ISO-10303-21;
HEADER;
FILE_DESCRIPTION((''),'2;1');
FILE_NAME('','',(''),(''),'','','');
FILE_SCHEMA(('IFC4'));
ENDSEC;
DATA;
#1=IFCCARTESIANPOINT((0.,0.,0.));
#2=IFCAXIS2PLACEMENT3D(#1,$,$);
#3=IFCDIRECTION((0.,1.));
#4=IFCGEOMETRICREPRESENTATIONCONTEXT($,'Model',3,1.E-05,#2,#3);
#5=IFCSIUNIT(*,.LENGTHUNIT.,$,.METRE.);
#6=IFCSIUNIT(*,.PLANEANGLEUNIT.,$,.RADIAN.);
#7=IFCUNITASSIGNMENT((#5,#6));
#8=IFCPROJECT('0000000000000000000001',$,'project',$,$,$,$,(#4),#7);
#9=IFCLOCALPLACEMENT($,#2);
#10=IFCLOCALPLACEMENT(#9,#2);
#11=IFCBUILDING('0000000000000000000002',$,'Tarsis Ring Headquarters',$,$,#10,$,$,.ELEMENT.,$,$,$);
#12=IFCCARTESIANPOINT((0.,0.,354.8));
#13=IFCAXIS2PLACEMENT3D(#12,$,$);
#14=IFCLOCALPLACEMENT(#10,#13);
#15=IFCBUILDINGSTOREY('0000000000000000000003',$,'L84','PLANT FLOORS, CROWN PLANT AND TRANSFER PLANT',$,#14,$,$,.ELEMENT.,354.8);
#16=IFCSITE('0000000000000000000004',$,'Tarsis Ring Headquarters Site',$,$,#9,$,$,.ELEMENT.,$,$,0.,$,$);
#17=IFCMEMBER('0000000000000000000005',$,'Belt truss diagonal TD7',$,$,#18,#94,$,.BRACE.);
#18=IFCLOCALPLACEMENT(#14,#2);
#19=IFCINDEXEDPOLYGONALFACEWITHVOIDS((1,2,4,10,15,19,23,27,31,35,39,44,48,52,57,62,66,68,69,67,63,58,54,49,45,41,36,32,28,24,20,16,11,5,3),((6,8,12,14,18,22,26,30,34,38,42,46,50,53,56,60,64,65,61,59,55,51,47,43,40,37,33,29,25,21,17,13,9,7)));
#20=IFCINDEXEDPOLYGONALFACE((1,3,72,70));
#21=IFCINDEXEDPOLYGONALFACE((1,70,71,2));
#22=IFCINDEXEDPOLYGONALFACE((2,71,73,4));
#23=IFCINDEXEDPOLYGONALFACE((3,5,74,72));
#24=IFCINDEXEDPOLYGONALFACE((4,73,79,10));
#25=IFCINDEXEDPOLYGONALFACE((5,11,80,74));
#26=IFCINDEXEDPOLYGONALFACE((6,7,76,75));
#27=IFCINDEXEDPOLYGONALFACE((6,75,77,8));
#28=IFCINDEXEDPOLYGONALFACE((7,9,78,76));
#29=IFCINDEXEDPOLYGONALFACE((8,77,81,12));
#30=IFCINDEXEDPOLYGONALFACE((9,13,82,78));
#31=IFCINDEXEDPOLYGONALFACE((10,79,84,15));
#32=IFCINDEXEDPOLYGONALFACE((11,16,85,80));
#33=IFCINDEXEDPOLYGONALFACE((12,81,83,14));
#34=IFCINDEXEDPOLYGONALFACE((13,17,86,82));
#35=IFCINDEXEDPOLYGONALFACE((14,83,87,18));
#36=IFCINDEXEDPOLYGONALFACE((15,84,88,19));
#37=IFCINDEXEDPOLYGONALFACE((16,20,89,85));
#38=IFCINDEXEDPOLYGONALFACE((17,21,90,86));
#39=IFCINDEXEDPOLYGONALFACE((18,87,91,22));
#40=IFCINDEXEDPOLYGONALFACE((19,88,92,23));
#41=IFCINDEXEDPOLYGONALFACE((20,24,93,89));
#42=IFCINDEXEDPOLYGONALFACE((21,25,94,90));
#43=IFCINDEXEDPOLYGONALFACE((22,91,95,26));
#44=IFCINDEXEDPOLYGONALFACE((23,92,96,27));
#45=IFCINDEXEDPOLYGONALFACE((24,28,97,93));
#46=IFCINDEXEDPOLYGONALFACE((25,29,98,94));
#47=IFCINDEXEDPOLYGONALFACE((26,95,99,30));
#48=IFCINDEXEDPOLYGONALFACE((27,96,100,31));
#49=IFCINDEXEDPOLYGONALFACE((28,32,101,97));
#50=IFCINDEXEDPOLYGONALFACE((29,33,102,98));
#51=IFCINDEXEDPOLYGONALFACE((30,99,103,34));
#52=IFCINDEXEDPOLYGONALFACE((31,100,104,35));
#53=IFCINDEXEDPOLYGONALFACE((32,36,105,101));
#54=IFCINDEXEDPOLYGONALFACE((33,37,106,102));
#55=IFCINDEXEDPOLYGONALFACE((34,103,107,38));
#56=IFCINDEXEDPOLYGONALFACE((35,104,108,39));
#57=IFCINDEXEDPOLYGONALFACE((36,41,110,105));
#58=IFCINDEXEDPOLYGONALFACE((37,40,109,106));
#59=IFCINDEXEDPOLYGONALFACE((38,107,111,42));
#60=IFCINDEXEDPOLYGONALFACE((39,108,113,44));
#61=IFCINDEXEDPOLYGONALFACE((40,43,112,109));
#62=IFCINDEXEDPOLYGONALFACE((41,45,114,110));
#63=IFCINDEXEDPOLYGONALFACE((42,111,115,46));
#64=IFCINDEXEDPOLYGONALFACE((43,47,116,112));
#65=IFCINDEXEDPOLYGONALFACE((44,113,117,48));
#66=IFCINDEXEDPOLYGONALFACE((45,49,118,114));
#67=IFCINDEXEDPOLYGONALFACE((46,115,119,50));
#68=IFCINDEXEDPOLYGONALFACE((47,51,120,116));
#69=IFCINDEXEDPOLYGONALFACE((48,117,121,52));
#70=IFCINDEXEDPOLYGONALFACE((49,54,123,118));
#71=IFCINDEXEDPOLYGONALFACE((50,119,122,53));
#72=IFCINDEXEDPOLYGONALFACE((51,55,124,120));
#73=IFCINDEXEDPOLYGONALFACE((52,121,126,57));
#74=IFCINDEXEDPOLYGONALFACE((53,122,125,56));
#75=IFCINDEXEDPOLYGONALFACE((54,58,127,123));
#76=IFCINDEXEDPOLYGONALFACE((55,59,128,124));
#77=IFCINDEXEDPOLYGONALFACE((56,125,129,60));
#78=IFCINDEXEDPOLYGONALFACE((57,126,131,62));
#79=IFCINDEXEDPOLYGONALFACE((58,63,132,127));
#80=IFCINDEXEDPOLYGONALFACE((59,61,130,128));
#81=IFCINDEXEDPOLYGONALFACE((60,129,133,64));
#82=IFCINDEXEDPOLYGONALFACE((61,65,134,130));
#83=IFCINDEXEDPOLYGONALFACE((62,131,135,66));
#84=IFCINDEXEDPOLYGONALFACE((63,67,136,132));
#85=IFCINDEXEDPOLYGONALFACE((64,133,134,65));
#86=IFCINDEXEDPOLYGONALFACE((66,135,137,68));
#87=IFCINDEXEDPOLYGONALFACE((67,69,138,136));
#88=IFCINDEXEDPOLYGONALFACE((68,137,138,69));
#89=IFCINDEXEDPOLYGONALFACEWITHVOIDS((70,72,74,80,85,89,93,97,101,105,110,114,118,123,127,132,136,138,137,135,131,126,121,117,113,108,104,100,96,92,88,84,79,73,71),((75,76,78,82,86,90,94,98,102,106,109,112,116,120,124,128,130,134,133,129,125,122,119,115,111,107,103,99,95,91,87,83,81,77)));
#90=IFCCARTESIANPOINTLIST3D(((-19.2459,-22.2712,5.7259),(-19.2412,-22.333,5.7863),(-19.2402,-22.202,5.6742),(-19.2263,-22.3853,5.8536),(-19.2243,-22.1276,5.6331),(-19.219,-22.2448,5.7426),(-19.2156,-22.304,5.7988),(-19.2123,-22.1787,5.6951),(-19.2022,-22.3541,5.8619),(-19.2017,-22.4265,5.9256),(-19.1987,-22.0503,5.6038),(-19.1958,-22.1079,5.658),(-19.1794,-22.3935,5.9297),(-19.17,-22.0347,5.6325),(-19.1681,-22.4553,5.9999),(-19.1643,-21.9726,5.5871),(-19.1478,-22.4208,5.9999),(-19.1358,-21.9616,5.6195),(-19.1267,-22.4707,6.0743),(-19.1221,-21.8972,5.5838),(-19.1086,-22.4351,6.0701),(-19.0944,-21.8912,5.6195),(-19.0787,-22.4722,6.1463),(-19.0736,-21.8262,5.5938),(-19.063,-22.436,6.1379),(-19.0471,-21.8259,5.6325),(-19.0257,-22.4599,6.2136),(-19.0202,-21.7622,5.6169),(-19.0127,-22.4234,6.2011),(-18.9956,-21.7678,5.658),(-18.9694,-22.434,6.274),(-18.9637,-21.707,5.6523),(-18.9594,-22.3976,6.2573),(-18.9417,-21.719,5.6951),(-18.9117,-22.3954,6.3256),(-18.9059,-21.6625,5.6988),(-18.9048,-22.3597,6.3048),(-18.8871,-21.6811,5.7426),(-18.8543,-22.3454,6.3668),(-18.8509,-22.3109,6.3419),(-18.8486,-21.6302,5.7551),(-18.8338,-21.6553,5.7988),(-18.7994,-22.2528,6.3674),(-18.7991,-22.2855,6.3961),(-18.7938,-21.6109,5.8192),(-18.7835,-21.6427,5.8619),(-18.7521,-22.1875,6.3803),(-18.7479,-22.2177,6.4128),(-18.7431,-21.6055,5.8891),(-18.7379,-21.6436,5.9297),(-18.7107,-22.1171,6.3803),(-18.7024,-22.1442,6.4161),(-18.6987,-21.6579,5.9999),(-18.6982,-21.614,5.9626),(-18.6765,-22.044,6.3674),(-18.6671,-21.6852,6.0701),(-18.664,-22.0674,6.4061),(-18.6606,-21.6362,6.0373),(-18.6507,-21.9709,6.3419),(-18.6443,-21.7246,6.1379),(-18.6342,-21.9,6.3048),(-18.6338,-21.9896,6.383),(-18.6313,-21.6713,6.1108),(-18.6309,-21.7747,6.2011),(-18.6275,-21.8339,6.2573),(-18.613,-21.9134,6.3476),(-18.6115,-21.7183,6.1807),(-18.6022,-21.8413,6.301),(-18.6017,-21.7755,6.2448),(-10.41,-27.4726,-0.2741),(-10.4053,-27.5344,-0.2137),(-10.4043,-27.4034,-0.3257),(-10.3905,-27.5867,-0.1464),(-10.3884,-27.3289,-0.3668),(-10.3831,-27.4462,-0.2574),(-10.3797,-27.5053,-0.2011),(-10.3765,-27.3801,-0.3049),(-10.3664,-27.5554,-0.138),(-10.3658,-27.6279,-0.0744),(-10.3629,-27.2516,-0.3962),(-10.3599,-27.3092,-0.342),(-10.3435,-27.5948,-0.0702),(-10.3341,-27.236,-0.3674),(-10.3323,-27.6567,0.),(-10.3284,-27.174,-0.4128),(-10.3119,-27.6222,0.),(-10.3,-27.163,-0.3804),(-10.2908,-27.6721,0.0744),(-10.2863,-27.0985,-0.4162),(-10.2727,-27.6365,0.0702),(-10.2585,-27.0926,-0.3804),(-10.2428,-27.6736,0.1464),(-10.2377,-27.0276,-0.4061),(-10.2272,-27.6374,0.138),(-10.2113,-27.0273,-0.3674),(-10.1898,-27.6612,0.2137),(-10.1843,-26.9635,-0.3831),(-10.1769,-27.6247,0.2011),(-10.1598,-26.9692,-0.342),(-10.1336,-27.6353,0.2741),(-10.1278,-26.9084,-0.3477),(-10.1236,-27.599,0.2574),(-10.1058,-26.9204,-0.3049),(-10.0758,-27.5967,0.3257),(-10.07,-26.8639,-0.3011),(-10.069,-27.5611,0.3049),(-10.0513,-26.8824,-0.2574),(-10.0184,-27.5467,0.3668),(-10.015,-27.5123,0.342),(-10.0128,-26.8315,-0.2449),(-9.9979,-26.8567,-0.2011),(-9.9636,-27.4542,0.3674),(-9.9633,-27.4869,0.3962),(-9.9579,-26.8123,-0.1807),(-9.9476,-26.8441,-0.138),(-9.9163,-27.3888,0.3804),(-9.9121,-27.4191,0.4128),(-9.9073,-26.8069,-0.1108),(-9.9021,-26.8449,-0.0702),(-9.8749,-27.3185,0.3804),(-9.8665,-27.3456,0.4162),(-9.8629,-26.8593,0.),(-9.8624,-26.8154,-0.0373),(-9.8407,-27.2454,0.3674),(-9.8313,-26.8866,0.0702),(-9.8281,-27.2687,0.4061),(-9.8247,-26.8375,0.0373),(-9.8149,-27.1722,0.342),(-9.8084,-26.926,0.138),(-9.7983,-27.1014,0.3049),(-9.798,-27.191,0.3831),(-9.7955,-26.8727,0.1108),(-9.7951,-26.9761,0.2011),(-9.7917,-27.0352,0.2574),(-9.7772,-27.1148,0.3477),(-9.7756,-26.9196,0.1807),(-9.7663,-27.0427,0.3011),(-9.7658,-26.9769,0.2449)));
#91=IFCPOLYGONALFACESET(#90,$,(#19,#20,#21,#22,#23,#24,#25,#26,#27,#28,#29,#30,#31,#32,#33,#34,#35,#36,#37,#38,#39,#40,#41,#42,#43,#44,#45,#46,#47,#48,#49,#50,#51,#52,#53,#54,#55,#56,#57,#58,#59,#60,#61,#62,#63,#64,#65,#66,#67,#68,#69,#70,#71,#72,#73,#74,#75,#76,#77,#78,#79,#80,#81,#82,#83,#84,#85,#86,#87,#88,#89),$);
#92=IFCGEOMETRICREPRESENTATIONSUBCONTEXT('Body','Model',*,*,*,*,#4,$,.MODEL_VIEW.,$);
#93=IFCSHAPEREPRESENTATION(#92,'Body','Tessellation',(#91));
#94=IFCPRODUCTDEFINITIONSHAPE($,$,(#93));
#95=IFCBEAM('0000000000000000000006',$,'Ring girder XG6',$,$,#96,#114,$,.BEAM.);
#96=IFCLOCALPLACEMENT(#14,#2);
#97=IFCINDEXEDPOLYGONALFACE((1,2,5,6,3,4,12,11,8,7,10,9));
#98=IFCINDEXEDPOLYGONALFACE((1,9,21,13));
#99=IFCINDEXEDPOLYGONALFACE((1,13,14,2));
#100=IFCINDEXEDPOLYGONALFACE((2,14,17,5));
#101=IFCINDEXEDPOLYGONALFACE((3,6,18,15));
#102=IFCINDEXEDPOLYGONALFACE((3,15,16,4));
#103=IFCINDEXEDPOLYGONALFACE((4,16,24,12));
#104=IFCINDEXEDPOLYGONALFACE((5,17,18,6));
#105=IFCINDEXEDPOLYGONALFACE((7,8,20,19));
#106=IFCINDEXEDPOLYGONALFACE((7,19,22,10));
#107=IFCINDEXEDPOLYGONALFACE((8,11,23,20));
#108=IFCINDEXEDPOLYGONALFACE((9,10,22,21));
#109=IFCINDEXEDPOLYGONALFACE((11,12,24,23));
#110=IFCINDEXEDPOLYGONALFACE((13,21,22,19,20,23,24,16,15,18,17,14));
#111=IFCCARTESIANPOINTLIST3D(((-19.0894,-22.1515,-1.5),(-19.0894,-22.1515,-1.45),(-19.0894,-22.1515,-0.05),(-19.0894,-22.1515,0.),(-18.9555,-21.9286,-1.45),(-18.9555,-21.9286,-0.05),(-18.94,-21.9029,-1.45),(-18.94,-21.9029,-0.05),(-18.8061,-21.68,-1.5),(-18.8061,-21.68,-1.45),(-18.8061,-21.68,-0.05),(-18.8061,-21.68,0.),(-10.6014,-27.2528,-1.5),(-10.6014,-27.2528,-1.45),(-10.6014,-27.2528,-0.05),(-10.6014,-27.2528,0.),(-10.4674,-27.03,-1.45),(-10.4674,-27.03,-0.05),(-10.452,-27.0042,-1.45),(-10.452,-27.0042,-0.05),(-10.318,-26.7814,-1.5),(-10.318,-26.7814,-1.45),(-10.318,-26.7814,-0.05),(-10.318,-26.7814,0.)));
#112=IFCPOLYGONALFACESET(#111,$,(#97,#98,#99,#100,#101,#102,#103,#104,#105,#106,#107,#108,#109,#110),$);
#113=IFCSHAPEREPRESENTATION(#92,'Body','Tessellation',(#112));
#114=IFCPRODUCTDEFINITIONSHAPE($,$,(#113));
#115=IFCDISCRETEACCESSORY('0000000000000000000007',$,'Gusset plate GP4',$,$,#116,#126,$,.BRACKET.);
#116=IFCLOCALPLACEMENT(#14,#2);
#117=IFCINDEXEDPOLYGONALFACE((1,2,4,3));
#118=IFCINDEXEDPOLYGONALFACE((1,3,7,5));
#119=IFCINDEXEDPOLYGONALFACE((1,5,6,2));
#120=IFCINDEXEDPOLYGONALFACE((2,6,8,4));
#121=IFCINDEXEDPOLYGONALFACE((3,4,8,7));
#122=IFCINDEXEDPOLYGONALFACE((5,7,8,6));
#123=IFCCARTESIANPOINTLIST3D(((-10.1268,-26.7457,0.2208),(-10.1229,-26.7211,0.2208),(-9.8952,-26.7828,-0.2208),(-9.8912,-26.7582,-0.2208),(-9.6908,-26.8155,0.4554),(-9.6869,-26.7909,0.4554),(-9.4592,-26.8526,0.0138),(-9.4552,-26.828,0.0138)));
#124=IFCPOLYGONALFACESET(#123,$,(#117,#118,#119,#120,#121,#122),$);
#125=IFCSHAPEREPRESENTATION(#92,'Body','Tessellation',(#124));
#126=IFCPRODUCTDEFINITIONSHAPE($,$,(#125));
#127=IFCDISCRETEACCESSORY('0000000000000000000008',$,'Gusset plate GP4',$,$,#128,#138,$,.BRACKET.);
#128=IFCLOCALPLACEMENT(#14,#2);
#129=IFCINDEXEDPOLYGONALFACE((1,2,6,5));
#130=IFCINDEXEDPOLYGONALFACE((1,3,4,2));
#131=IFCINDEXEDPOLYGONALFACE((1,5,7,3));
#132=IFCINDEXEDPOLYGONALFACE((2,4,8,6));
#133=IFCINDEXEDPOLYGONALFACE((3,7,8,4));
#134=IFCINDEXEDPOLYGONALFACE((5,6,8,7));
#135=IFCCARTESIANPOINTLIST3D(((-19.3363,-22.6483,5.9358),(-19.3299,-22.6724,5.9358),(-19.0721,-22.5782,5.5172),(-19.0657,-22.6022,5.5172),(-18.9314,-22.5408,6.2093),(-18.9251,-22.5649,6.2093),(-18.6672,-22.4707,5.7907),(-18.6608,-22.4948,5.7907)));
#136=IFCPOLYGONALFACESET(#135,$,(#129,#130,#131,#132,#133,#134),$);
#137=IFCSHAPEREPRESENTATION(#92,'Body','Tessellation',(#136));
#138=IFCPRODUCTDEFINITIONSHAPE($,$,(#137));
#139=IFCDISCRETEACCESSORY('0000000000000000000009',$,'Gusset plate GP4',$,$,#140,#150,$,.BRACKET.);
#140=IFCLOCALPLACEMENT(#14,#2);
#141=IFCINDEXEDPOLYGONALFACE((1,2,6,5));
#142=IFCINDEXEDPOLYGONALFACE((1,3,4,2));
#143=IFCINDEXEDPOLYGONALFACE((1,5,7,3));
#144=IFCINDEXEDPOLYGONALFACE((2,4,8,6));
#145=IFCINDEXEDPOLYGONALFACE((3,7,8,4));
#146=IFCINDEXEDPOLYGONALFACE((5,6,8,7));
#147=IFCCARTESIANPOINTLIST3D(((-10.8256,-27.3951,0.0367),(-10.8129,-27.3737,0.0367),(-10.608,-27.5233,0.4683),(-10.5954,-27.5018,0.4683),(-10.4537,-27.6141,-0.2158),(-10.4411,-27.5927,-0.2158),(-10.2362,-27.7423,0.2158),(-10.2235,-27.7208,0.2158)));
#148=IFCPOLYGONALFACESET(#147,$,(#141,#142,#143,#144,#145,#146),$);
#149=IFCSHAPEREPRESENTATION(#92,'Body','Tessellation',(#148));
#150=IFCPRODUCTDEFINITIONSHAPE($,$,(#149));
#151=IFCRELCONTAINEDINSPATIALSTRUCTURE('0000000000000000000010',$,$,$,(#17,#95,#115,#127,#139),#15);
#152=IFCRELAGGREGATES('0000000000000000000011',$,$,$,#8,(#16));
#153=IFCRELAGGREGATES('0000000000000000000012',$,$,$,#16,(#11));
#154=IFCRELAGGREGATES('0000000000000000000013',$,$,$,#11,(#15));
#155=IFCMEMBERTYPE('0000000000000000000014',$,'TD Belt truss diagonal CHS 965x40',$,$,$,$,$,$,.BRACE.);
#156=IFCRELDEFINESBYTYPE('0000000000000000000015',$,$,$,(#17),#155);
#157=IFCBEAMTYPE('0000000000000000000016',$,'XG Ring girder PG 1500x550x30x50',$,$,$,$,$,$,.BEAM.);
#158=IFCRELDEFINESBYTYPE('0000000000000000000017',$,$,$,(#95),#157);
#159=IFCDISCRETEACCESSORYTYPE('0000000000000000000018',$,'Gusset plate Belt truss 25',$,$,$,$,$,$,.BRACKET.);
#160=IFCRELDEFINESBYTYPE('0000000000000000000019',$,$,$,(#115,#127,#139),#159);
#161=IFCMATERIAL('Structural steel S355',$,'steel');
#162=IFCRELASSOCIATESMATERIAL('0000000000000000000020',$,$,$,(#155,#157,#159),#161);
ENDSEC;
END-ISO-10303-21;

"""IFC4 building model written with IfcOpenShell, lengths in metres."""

from ifc_helpers import new_model, si_unit, direction, frame, origin, origin_2d, place, context, subcontext, project, spatial, rectangle, hollow_circle, i_section, extrude, material, material_profile, profile_set, type_object, element, save


model = new_model("IFC4")

# Units and contexts
model_context = context("Model", 3, precision=1e-05, world=origin(), true_north=direction((0.0, 1.0)))
body_context = subcontext(model_context, "Body", "Model", "MODEL_VIEW")
ifc_project = project(units=[si_unit("LENGTHUNIT", "METRE"), si_unit("PLANEANGLEUNIT", "RADIAN")], contexts=[model_context])

# Site, building, storey
site_placement = place(None, origin())
site = spatial("IfcSite", under=ifc_project, at=site_placement, Name="Tarsis Ring Headquarters Site", CompositionType="ELEMENT", RefElevation=0.0)
building_placement = place(site_placement, origin())
building = spatial("IfcBuilding", under=site, at=building_placement, Name="Tarsis Ring Headquarters", CompositionType="ELEMENT")
storey_placement = place(building_placement, frame((0.0, 0.0, 354.8)))
storey = spatial("IfcBuildingStorey", under=building, at=storey_placement, Name="L84", Description="PLANT FLOORS, CROWN PLANT AND TRANSFER PLANT", CompositionType="ELEMENT", Elevation=354.8)

# Shared definitions
ifc_material_1 = material(Name="Structural steel S355", Category="steel")
ifc_material_profile_1 = material_profile(ifc_material_1, hollow_circle(Radius=0.4827, WallThickness=0.04, at=origin_2d()), Name="CHS 965x40")
ifc_profile_set_1 = profile_set([ifc_material_profile_1], Name="Structural steel S355")

# Member
member_type = type_object("IfcMemberType", Name="TD Belt truss diagonal CHS 965x40", PredefinedType="BRACE", material=ifc_profile_set_1)
member_1_placement = place(storey_placement, frame((-10.0874, -27.2407, 0.0), z_axis=(-0.743781, 0.437839, 0.505061), x_axis=(-0.507296, -0.861772, 0.0)))
element("IfcMember", 1, at=member_1_placement, inside=storey, type_object=member_type, Name="Belt truss diagonal TD7", PredefinedType="BRACE", context=body_context, shape_type="SweptSolid", body=[
    extrude(hollow_circle(Radius=0.4827, WallThickness=0.04, at=origin_2d()), origin(), (0.0, 0.0, 1.0), 11.8796),
])

# Beam
ifc_material_profile_2 = material_profile(ifc_material_1, i_section(OverallWidth=0.55, OverallDepth=1.5, WebThickness=0.03, FlangeThickness=0.05, at=origin_2d()), Name="PG 1500x550x30x50")
ifc_profile_set_2 = profile_set([ifc_material_profile_2], Name="Structural steel S355")
beam_type = type_object("IfcBeamType", Name="XG Ring girder PG 1500x550x30x50", PredefinedType="BEAM", material=ifc_profile_set_2)
beam_placement = place(storey_placement, frame((-18.9478, -21.9158, -0.75), z_axis=(0.857114, -0.515126, 0.0), x_axis=(0.515126, 0.857114, 0.0)))
element("IfcBeam", 2, at=beam_placement, inside=storey, type_object=beam_type, Name="Ring girder XG6", PredefinedType="BEAM", context=body_context, shape_type="SweptSolid", body=[
    extrude(i_section(OverallWidth=0.55, OverallDepth=1.5, WebThickness=0.03, FlangeThickness=0.05, at=origin_2d()), origin(), (0.0, 0.0, 1.0), 9.9031),
])

# Discrete accessories
ifc_material_profile_3 = material_profile(ifc_material_1, rectangle(XDim=0.0249, YDim=0.5, at=origin_2d()), Name="PL 25x500")
ifc_profile_set_3 = profile_set([ifc_material_profile_3], Name="Structural steel S355")
discrete_accessory_type = type_object("IfcDiscreteAccessoryType", Name="Gusset plate Belt truss 25", PredefinedType="BRACKET", material=ifc_profile_set_3)
discrete_accessory_1_placement = place(storey_placement, frame((-10.009, -26.752, 0.0), z_axis=(0.871986, -0.139635, 0.469193), x_axis=(0.15812, 0.98742, 0.0)))
element("IfcDiscreteAccessory", 3, at=discrete_accessory_1_placement, inside=storey, type_object=discrete_accessory_type, Name="Gusset plate GP4", PredefinedType="BRACKET", context=body_context, shape_type="SweptSolid", body=[
    extrude(rectangle(XDim=0.0249, YDim=0.5, at=origin_2d()), origin(), (0.0, 0.0, 1.0), 0.5),
])
discrete_accessory_2_placement = place(storey_placement, frame((-18.7961, -22.5178, 6.0), z_axis=(-0.809314, -0.214776, -0.546702), x_axis=(0.256501, -0.966544, 0.0)))
element("IfcDiscreteAccessory", 4, at=discrete_accessory_2_placement, inside=storey, type_object=discrete_accessory_type, Name="Gusset plate GP4", PredefinedType="BRACKET", context=body_context, shape_type="SweptSolid", body=[
    extrude(rectangle(XDim=0.0249, YDim=0.5, at=origin_2d()), origin(), (0.0, 0.0, 1.0), 0.5002),
])
discrete_accessory_3_placement = place(storey_placement, frame((-10.3386, -27.6675, 0.0), z_axis=(-0.743742, 0.438041, 0.504944), x_axis=(-0.50749, -0.861658, 0.0)))
element("IfcDiscreteAccessory", 5, at=discrete_accessory_3_placement, inside=storey, type_object=discrete_accessory_type, Name="Gusset plate GP4", PredefinedType="BRACKET", context=body_context, shape_type="SweptSolid", body=[
    extrude(rectangle(XDim=0.0249, YDim=0.5, at=origin_2d()), origin(), (0.0, 0.0, 1.0), 0.5),
])

save(model, "model.ifc")
